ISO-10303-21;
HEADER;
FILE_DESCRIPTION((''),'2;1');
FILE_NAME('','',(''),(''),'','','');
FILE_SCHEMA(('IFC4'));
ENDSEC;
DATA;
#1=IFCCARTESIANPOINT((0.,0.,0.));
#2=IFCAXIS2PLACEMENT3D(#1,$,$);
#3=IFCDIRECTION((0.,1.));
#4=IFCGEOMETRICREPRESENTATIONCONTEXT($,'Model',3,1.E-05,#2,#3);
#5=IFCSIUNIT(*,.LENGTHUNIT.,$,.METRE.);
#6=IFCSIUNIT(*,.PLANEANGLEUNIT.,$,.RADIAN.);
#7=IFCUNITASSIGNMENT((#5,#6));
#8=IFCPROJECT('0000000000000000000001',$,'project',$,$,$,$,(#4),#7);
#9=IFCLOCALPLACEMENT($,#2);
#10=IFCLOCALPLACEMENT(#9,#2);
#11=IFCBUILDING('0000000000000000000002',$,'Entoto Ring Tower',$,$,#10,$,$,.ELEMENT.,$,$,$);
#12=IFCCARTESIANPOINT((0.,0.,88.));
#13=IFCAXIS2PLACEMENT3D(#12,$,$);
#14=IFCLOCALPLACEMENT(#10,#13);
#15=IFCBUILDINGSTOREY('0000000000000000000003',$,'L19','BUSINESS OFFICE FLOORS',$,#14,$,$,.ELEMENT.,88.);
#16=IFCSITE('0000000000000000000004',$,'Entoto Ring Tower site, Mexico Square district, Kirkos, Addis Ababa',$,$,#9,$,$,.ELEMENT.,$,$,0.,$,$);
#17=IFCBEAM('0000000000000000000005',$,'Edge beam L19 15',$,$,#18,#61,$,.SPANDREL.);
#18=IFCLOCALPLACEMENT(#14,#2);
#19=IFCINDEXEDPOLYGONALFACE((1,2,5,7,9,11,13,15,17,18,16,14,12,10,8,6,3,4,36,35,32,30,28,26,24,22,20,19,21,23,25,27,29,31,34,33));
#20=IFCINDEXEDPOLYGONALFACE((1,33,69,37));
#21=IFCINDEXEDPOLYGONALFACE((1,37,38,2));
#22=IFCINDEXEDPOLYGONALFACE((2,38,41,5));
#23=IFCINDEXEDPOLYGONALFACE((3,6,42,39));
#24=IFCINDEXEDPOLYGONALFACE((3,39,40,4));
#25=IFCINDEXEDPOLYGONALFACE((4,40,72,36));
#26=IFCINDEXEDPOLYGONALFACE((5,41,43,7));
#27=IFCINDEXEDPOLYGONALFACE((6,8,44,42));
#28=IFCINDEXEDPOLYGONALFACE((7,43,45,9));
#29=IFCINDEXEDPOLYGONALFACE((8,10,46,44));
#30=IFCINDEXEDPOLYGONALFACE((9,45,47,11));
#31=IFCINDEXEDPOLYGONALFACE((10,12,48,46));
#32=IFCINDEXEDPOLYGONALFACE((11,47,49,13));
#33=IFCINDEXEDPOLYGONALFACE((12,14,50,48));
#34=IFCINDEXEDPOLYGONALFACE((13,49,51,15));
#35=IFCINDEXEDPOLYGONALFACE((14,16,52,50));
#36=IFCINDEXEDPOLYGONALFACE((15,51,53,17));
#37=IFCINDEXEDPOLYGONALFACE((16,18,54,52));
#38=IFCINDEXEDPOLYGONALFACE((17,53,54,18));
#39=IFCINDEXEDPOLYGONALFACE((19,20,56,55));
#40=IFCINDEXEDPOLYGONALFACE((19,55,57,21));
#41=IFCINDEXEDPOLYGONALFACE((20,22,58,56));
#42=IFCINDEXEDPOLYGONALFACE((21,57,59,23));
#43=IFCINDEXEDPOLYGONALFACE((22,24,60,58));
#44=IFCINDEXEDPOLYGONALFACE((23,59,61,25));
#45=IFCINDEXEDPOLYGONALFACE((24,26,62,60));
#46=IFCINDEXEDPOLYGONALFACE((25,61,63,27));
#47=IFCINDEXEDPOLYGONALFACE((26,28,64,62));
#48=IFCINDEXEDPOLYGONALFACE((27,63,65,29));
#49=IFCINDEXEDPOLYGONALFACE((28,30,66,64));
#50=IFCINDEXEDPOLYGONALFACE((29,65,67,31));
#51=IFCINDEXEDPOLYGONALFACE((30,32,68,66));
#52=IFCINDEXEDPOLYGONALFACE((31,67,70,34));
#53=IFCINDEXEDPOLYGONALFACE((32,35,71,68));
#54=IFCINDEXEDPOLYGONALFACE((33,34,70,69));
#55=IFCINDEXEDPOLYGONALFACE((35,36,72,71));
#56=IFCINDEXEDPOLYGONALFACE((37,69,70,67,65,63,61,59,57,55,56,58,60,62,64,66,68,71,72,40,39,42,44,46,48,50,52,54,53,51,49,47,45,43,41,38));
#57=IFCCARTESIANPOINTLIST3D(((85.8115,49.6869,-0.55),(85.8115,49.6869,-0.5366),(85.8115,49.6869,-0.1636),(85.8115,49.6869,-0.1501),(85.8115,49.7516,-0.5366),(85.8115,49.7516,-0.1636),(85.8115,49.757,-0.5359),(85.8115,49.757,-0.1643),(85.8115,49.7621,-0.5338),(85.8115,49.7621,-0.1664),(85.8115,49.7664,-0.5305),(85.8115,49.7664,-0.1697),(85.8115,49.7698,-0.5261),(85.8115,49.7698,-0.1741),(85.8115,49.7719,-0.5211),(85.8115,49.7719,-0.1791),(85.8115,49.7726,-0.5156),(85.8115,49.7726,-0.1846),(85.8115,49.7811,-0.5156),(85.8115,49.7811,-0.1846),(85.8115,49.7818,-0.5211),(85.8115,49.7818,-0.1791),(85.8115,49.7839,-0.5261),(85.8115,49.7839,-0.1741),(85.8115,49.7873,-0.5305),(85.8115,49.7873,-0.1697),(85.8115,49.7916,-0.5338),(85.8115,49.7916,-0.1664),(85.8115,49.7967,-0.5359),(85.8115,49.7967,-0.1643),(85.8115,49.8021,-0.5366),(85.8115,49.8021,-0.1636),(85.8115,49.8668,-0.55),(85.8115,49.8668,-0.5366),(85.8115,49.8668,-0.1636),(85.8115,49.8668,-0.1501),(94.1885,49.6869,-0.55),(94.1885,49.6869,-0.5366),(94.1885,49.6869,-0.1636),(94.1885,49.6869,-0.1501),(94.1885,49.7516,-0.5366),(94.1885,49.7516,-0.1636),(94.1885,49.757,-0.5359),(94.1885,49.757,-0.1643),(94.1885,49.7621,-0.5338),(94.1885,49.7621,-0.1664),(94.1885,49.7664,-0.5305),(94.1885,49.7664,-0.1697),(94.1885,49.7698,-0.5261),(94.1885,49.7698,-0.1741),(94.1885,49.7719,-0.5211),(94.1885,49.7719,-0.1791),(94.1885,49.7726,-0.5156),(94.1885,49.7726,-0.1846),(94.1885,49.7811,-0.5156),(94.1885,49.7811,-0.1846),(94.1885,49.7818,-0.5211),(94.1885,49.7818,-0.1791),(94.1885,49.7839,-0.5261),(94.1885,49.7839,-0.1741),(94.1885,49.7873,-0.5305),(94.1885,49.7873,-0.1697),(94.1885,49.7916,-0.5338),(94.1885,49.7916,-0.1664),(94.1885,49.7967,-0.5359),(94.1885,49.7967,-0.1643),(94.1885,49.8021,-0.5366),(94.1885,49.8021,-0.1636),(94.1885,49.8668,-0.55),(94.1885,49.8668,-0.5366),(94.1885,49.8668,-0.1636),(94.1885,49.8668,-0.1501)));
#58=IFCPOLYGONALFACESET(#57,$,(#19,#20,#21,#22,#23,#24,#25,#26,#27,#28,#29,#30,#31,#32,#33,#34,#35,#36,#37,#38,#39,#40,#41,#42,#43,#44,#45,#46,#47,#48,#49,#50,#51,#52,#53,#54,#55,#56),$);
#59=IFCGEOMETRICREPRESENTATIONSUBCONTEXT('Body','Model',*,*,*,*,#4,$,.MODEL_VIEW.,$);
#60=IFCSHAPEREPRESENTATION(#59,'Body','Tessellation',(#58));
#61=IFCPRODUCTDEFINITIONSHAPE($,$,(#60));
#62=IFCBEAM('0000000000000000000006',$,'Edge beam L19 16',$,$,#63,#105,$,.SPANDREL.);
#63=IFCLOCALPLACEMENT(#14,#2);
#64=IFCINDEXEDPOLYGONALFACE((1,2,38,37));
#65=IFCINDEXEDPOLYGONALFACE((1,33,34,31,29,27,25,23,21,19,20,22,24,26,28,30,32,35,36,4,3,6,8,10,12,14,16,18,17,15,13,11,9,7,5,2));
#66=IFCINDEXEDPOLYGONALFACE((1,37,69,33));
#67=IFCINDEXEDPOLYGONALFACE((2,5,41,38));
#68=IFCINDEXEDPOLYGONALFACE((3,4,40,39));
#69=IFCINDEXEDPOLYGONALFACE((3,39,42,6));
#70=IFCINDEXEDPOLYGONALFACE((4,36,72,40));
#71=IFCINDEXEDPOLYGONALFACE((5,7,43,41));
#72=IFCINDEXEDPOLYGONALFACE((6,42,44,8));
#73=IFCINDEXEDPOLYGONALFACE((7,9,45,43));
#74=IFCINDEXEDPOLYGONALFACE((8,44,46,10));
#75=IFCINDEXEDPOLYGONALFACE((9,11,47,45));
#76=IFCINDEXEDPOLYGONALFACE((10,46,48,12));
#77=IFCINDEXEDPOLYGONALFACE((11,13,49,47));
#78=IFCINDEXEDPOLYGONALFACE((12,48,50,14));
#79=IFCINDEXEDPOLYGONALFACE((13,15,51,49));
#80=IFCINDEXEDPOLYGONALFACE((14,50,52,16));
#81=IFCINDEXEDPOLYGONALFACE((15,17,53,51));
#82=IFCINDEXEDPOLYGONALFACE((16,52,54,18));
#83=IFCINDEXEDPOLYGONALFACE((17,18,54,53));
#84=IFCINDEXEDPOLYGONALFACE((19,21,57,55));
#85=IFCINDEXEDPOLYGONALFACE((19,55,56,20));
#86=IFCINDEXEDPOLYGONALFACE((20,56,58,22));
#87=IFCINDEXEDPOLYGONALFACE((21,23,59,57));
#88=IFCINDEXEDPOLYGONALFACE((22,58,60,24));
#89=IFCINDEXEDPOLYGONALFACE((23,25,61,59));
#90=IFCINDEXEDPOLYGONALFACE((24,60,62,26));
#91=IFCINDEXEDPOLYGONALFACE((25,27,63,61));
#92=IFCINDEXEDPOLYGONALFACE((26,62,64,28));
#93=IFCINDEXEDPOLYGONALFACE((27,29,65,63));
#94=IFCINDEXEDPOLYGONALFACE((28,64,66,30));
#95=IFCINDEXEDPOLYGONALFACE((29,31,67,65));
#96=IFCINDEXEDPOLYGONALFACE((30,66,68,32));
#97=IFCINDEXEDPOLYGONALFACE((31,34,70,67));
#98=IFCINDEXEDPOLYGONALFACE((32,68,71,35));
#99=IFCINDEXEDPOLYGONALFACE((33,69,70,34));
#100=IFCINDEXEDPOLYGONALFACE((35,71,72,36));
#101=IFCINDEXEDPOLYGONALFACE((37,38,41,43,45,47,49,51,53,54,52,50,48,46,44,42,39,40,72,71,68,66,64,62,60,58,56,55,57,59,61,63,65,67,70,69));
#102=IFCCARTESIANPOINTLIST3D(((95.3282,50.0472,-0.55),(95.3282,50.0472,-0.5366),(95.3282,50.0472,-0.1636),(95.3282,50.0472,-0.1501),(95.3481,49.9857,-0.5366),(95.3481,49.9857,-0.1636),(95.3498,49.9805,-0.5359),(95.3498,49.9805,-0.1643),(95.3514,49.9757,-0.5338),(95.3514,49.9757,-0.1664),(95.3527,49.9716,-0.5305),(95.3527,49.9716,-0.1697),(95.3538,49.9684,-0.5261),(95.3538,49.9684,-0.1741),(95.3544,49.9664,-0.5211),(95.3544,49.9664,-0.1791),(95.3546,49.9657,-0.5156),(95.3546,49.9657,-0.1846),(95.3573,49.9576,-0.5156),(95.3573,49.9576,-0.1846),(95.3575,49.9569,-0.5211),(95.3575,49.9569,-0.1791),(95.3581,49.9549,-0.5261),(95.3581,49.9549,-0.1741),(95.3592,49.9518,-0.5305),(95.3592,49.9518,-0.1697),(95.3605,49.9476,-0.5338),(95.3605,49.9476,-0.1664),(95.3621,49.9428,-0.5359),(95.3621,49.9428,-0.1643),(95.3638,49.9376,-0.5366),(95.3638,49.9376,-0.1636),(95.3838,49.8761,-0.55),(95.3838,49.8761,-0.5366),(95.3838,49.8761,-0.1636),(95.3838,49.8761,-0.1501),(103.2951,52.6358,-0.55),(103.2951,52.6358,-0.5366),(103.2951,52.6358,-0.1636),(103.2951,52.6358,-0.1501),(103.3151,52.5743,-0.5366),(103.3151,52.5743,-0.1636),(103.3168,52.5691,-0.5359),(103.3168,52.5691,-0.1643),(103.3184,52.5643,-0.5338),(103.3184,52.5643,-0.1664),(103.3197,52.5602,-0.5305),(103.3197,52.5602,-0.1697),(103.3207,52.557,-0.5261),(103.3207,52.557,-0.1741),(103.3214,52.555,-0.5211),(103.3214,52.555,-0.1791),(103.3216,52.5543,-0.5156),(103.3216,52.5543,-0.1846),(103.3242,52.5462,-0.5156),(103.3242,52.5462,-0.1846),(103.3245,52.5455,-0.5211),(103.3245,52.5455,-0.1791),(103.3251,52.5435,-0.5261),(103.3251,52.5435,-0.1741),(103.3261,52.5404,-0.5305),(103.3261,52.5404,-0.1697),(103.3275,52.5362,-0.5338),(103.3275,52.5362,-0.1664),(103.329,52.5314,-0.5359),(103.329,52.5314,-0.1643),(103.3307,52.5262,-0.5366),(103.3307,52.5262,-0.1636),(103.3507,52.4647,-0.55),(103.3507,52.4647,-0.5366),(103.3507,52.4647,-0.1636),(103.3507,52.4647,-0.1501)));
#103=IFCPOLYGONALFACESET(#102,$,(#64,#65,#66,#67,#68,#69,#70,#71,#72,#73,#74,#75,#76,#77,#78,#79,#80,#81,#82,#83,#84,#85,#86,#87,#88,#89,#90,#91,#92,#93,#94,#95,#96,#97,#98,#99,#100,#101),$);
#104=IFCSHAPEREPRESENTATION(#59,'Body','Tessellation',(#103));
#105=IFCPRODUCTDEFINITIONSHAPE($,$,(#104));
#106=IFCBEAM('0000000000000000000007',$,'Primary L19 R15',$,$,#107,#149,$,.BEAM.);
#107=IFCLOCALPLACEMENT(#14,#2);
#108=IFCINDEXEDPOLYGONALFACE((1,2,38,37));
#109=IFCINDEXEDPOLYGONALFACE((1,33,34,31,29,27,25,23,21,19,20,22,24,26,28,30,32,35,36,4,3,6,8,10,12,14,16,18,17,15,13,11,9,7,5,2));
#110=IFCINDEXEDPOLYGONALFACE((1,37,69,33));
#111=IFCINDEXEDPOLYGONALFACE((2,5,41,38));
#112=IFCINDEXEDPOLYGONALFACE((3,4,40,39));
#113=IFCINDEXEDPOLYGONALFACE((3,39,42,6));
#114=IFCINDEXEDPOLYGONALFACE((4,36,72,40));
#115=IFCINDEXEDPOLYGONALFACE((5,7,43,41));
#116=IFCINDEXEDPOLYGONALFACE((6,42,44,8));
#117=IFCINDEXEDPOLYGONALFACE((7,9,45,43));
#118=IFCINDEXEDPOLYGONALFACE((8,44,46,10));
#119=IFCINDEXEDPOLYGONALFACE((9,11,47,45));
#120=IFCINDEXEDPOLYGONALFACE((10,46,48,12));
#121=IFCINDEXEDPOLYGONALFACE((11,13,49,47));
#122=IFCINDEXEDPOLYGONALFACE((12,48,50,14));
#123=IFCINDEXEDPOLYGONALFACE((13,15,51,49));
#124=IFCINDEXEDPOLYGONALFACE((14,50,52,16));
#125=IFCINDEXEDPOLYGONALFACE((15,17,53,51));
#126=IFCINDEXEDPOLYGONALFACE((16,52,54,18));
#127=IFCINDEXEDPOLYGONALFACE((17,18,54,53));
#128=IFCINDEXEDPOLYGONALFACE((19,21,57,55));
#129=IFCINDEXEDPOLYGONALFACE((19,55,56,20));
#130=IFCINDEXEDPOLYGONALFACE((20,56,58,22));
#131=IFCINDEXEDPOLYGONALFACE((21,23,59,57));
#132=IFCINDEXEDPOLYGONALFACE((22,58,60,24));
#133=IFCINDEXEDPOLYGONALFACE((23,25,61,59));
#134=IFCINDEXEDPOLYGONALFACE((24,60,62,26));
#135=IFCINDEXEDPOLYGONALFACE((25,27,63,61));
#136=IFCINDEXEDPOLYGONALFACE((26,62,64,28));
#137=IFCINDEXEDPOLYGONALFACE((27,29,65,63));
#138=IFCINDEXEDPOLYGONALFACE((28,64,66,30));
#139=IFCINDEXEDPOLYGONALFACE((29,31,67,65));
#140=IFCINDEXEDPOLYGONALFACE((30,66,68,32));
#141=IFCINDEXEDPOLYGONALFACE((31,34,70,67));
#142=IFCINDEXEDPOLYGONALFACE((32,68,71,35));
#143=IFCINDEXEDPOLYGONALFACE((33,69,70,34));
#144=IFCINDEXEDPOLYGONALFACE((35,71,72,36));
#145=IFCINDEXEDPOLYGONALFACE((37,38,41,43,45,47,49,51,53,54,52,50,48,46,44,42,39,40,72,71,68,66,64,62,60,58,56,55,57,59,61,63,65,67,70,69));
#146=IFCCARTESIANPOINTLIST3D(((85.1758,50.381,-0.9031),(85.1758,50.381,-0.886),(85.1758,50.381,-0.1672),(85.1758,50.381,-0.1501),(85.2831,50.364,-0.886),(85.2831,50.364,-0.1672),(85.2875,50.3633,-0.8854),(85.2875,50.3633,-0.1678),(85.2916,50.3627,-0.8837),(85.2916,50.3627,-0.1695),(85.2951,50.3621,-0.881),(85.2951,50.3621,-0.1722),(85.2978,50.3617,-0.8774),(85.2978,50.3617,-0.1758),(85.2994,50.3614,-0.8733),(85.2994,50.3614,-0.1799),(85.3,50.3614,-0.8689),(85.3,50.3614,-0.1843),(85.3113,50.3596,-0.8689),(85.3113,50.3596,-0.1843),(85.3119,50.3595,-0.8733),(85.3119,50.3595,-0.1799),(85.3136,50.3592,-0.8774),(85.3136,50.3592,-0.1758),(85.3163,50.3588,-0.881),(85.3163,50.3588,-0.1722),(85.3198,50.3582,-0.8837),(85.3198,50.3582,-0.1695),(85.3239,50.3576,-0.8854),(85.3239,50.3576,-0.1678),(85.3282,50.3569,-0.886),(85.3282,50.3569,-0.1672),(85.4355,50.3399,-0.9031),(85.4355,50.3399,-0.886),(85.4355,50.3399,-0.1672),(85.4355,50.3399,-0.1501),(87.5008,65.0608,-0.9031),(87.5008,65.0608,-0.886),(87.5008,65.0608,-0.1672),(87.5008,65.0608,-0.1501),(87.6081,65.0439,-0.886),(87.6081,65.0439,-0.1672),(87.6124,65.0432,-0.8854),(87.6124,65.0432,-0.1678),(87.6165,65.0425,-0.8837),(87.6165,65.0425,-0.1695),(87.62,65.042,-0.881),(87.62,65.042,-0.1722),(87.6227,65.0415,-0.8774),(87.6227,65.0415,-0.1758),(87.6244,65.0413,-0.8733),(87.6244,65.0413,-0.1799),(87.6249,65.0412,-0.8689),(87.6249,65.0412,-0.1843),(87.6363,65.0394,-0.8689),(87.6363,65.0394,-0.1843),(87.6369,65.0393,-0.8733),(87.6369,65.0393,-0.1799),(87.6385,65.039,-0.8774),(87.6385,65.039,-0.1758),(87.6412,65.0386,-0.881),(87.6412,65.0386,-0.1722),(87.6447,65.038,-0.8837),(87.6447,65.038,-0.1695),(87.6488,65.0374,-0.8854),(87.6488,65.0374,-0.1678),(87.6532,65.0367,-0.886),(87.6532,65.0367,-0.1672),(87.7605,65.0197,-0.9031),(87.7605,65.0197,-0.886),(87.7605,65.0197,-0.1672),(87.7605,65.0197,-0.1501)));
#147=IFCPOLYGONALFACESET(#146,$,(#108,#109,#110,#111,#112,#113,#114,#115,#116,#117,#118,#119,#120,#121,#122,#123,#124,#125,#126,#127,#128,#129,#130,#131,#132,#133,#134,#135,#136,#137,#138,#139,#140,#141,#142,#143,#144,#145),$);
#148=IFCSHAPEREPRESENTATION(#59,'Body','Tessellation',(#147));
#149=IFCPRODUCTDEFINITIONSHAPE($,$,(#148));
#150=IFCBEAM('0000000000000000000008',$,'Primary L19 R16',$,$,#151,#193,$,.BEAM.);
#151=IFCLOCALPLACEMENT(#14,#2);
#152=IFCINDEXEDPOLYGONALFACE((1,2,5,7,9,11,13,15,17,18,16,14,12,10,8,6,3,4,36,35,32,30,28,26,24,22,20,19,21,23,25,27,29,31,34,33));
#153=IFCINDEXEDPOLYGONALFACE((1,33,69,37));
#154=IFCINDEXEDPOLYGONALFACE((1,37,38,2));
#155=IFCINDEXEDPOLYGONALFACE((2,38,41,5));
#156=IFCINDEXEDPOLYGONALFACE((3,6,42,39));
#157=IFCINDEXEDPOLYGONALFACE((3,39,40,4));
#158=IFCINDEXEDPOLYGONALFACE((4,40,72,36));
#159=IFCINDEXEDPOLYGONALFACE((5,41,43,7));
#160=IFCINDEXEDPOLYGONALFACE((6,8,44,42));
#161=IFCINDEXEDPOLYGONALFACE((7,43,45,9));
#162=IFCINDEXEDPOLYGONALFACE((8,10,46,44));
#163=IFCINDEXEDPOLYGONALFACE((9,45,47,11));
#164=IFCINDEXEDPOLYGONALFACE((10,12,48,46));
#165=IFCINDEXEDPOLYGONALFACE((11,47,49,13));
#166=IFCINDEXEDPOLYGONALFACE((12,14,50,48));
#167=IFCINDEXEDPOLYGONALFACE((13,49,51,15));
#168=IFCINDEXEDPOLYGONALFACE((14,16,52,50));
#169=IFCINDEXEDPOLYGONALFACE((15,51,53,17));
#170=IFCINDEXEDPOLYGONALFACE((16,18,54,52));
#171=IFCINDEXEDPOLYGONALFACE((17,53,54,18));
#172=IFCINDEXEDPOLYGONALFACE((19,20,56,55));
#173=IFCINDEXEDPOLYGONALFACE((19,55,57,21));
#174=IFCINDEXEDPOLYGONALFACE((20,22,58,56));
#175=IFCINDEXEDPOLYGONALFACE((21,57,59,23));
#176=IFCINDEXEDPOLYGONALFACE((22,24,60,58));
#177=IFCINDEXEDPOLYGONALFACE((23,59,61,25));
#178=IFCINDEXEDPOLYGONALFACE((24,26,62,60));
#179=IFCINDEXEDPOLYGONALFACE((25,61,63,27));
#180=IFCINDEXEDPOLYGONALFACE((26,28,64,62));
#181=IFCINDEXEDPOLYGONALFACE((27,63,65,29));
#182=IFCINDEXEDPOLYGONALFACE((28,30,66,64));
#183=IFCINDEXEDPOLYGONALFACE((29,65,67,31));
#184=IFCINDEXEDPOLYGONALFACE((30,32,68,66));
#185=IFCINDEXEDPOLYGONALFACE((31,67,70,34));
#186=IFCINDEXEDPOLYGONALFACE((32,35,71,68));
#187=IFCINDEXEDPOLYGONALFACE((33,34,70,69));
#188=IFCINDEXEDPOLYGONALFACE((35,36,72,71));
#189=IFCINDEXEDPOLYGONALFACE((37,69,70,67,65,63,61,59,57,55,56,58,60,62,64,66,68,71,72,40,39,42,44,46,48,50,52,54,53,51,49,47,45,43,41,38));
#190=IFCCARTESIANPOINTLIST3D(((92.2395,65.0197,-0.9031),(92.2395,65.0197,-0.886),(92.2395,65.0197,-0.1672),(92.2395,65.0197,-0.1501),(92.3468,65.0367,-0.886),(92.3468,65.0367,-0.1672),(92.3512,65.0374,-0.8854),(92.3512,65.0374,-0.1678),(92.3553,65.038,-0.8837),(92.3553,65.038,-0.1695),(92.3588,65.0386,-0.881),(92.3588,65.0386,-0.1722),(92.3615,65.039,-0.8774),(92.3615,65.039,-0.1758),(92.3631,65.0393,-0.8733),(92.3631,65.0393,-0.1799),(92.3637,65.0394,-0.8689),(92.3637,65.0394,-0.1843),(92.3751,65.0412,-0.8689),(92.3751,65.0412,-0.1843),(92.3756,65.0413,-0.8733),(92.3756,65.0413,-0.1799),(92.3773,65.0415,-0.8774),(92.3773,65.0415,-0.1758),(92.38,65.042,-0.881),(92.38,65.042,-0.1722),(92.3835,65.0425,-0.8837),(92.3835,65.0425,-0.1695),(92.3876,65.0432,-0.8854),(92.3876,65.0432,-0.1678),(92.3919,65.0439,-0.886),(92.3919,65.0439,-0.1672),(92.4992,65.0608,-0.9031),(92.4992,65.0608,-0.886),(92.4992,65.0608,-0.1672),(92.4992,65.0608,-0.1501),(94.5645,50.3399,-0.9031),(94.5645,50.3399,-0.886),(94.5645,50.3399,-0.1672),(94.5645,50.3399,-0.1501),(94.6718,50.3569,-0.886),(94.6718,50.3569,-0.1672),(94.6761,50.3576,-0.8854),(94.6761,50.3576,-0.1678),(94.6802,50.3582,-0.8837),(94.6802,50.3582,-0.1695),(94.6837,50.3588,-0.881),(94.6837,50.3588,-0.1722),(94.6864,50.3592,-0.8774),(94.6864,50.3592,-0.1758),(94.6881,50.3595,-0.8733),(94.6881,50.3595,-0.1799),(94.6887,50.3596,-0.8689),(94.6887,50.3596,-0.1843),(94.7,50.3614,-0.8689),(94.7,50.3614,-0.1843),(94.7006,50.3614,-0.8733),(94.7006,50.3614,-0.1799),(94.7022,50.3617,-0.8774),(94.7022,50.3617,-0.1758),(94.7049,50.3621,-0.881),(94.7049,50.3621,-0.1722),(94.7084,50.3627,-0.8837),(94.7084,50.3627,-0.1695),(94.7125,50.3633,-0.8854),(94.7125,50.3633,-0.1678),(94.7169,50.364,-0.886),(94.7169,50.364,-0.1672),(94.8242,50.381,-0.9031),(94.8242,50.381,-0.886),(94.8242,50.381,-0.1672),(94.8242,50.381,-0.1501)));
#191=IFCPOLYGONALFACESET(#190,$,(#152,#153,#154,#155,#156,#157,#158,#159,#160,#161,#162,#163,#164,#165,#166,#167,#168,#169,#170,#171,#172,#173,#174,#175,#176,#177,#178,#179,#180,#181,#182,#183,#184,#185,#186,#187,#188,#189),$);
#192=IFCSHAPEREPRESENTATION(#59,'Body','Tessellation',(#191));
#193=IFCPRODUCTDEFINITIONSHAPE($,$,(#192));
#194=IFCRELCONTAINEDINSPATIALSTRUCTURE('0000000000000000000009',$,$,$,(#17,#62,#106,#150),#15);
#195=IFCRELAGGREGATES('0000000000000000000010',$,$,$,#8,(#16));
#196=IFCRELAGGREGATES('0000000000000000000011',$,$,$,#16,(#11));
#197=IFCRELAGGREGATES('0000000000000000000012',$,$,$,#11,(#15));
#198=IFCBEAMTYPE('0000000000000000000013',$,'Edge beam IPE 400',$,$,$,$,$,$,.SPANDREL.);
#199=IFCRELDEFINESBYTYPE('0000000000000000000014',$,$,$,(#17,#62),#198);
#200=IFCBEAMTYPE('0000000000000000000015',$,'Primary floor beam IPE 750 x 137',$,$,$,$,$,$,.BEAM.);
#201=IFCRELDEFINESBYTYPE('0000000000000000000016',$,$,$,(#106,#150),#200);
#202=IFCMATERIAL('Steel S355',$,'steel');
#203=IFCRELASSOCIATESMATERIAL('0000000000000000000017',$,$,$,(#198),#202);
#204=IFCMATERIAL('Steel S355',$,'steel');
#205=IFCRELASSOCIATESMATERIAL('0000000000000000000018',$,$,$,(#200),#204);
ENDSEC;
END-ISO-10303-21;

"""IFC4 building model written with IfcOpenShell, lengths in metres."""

from ifc_helpers import new_model, si_unit, direction, frame, origin, origin_2d, place, context, subcontext, project, spatial, i_section, extrude, material, material_profile, profile_set, type_object, element, save


model = new_model("IFC4")

# Units and contexts
model_context = context("Model", 3, precision=1e-05, world=origin(), true_north=direction((0.0, 1.0)))
body_context = subcontext(model_context, "Body", "Model", "MODEL_VIEW")
ifc_project = project(units=[si_unit("LENGTHUNIT", "METRE"), si_unit("PLANEANGLEUNIT", "RADIAN")], contexts=[model_context])

# Site, building, storey
site_placement = place(None, origin())
site = spatial("IfcSite", under=ifc_project, at=site_placement, Name="Entoto Ring Tower site, Mexico Square district, Kirkos, Addis Ababa", CompositionType="ELEMENT", RefElevation=0.0)
building_placement = place(site_placement, origin())
building = spatial("IfcBuilding", under=site, at=building_placement, Name="Entoto Ring Tower", CompositionType="ELEMENT")
storey_placement = place(building_placement, frame((0.0, 0.0, 88.0)))
storey = spatial("IfcBuildingStorey", under=building, at=storey_placement, Name="L19", Description="BUSINESS OFFICE FLOORS", CompositionType="ELEMENT", Elevation=88.0)

# Beams
ifc_material_1 = material(Name="Steel S355", Category="steel")
ifc_material_profile_1 = material_profile(ifc_material_1, i_section(OverallWidth=0.1799, OverallDepth=0.3999, WebThickness=0.0085, FlangeThickness=0.0134, FilletRadius=0.021, at=origin_2d()), Name="IPE 400")
ifc_profile_set_1 = profile_set([ifc_material_profile_1], Name="Steel S355")
beam_type_1 = type_object("IfcBeamType", Name="Edge beam IPE 400", PredefinedType="SPANDREL", material=ifc_profile_set_1)
for number, where, z_axis, x_axis, name in (
    (1, (85.8115, 49.7769, -0.3501), (1.0, 0.0, 0.0), (0.0, 1.0, 0.0), "Edge beam L19 15"),
    (2, (95.356, 49.9617, -0.3501), (0.951057, 0.309014, 0.0), (-0.309014, 0.951057, 0.0), "Edge beam L19 16"),
):
    element("IfcBeam", number, at=place(storey_placement, frame(where, z_axis=z_axis, x_axis=x_axis)), inside=storey, type_object=beam_type_1, Name=name, PredefinedType="SPANDREL", context=body_context, shape_type="SweptSolid", body=[
        extrude(i_section(OverallWidth=0.1799, OverallDepth=0.3999, WebThickness=0.0085, FlangeThickness=0.0134, FilletRadius=0.021, at=origin_2d()), origin(), (0.0, 0.0, 1.0), 8.377),
    ])
ifc_material_2 = material(Name="Steel S355", Category="steel")
ifc_material_profile_2 = material_profile(ifc_material_2, i_section(OverallWidth=0.2629, OverallDepth=0.7529, WebThickness=0.0115, FlangeThickness=0.0171, FilletRadius=0.0171, at=origin_2d()), Name="IPE 750 x 137")
ifc_profile_set_2 = profile_set([ifc_material_profile_2], Name="Steel S355")
beam_type_2 = type_object("IfcBeamType", Name="Primary floor beam IPE 750 x 137", PredefinedType="BEAM", material=ifc_profile_set_2)
for number, where, z_axis, x_axis, name in (
    (3, (87.6306, 65.0403, -0.5266), (-0.156426, -0.98769, 0.0), (0.98769, -0.156426, 0.0), "Primary L19 R15"),
    (4, (92.3694, 65.0403, -0.5266), (0.156426, -0.98769, 0.0), (0.98769, 0.156426, 0.0), "Primary L19 R16"),
):
    element("IfcBeam", number, at=place(storey_placement, frame(where, z_axis=z_axis, x_axis=x_axis)), inside=storey, type_object=beam_type_2, Name=name, PredefinedType="BEAM", context=body_context, shape_type="SweptSolid", body=[
        extrude(i_section(OverallWidth=0.2629, OverallDepth=0.7529, WebThickness=0.0115, FlangeThickness=0.0171, FilletRadius=0.0171, at=origin_2d()), origin(), (0.0, 0.0, 1.0), 14.8628),
    ])

save(model, "model.ifc")
